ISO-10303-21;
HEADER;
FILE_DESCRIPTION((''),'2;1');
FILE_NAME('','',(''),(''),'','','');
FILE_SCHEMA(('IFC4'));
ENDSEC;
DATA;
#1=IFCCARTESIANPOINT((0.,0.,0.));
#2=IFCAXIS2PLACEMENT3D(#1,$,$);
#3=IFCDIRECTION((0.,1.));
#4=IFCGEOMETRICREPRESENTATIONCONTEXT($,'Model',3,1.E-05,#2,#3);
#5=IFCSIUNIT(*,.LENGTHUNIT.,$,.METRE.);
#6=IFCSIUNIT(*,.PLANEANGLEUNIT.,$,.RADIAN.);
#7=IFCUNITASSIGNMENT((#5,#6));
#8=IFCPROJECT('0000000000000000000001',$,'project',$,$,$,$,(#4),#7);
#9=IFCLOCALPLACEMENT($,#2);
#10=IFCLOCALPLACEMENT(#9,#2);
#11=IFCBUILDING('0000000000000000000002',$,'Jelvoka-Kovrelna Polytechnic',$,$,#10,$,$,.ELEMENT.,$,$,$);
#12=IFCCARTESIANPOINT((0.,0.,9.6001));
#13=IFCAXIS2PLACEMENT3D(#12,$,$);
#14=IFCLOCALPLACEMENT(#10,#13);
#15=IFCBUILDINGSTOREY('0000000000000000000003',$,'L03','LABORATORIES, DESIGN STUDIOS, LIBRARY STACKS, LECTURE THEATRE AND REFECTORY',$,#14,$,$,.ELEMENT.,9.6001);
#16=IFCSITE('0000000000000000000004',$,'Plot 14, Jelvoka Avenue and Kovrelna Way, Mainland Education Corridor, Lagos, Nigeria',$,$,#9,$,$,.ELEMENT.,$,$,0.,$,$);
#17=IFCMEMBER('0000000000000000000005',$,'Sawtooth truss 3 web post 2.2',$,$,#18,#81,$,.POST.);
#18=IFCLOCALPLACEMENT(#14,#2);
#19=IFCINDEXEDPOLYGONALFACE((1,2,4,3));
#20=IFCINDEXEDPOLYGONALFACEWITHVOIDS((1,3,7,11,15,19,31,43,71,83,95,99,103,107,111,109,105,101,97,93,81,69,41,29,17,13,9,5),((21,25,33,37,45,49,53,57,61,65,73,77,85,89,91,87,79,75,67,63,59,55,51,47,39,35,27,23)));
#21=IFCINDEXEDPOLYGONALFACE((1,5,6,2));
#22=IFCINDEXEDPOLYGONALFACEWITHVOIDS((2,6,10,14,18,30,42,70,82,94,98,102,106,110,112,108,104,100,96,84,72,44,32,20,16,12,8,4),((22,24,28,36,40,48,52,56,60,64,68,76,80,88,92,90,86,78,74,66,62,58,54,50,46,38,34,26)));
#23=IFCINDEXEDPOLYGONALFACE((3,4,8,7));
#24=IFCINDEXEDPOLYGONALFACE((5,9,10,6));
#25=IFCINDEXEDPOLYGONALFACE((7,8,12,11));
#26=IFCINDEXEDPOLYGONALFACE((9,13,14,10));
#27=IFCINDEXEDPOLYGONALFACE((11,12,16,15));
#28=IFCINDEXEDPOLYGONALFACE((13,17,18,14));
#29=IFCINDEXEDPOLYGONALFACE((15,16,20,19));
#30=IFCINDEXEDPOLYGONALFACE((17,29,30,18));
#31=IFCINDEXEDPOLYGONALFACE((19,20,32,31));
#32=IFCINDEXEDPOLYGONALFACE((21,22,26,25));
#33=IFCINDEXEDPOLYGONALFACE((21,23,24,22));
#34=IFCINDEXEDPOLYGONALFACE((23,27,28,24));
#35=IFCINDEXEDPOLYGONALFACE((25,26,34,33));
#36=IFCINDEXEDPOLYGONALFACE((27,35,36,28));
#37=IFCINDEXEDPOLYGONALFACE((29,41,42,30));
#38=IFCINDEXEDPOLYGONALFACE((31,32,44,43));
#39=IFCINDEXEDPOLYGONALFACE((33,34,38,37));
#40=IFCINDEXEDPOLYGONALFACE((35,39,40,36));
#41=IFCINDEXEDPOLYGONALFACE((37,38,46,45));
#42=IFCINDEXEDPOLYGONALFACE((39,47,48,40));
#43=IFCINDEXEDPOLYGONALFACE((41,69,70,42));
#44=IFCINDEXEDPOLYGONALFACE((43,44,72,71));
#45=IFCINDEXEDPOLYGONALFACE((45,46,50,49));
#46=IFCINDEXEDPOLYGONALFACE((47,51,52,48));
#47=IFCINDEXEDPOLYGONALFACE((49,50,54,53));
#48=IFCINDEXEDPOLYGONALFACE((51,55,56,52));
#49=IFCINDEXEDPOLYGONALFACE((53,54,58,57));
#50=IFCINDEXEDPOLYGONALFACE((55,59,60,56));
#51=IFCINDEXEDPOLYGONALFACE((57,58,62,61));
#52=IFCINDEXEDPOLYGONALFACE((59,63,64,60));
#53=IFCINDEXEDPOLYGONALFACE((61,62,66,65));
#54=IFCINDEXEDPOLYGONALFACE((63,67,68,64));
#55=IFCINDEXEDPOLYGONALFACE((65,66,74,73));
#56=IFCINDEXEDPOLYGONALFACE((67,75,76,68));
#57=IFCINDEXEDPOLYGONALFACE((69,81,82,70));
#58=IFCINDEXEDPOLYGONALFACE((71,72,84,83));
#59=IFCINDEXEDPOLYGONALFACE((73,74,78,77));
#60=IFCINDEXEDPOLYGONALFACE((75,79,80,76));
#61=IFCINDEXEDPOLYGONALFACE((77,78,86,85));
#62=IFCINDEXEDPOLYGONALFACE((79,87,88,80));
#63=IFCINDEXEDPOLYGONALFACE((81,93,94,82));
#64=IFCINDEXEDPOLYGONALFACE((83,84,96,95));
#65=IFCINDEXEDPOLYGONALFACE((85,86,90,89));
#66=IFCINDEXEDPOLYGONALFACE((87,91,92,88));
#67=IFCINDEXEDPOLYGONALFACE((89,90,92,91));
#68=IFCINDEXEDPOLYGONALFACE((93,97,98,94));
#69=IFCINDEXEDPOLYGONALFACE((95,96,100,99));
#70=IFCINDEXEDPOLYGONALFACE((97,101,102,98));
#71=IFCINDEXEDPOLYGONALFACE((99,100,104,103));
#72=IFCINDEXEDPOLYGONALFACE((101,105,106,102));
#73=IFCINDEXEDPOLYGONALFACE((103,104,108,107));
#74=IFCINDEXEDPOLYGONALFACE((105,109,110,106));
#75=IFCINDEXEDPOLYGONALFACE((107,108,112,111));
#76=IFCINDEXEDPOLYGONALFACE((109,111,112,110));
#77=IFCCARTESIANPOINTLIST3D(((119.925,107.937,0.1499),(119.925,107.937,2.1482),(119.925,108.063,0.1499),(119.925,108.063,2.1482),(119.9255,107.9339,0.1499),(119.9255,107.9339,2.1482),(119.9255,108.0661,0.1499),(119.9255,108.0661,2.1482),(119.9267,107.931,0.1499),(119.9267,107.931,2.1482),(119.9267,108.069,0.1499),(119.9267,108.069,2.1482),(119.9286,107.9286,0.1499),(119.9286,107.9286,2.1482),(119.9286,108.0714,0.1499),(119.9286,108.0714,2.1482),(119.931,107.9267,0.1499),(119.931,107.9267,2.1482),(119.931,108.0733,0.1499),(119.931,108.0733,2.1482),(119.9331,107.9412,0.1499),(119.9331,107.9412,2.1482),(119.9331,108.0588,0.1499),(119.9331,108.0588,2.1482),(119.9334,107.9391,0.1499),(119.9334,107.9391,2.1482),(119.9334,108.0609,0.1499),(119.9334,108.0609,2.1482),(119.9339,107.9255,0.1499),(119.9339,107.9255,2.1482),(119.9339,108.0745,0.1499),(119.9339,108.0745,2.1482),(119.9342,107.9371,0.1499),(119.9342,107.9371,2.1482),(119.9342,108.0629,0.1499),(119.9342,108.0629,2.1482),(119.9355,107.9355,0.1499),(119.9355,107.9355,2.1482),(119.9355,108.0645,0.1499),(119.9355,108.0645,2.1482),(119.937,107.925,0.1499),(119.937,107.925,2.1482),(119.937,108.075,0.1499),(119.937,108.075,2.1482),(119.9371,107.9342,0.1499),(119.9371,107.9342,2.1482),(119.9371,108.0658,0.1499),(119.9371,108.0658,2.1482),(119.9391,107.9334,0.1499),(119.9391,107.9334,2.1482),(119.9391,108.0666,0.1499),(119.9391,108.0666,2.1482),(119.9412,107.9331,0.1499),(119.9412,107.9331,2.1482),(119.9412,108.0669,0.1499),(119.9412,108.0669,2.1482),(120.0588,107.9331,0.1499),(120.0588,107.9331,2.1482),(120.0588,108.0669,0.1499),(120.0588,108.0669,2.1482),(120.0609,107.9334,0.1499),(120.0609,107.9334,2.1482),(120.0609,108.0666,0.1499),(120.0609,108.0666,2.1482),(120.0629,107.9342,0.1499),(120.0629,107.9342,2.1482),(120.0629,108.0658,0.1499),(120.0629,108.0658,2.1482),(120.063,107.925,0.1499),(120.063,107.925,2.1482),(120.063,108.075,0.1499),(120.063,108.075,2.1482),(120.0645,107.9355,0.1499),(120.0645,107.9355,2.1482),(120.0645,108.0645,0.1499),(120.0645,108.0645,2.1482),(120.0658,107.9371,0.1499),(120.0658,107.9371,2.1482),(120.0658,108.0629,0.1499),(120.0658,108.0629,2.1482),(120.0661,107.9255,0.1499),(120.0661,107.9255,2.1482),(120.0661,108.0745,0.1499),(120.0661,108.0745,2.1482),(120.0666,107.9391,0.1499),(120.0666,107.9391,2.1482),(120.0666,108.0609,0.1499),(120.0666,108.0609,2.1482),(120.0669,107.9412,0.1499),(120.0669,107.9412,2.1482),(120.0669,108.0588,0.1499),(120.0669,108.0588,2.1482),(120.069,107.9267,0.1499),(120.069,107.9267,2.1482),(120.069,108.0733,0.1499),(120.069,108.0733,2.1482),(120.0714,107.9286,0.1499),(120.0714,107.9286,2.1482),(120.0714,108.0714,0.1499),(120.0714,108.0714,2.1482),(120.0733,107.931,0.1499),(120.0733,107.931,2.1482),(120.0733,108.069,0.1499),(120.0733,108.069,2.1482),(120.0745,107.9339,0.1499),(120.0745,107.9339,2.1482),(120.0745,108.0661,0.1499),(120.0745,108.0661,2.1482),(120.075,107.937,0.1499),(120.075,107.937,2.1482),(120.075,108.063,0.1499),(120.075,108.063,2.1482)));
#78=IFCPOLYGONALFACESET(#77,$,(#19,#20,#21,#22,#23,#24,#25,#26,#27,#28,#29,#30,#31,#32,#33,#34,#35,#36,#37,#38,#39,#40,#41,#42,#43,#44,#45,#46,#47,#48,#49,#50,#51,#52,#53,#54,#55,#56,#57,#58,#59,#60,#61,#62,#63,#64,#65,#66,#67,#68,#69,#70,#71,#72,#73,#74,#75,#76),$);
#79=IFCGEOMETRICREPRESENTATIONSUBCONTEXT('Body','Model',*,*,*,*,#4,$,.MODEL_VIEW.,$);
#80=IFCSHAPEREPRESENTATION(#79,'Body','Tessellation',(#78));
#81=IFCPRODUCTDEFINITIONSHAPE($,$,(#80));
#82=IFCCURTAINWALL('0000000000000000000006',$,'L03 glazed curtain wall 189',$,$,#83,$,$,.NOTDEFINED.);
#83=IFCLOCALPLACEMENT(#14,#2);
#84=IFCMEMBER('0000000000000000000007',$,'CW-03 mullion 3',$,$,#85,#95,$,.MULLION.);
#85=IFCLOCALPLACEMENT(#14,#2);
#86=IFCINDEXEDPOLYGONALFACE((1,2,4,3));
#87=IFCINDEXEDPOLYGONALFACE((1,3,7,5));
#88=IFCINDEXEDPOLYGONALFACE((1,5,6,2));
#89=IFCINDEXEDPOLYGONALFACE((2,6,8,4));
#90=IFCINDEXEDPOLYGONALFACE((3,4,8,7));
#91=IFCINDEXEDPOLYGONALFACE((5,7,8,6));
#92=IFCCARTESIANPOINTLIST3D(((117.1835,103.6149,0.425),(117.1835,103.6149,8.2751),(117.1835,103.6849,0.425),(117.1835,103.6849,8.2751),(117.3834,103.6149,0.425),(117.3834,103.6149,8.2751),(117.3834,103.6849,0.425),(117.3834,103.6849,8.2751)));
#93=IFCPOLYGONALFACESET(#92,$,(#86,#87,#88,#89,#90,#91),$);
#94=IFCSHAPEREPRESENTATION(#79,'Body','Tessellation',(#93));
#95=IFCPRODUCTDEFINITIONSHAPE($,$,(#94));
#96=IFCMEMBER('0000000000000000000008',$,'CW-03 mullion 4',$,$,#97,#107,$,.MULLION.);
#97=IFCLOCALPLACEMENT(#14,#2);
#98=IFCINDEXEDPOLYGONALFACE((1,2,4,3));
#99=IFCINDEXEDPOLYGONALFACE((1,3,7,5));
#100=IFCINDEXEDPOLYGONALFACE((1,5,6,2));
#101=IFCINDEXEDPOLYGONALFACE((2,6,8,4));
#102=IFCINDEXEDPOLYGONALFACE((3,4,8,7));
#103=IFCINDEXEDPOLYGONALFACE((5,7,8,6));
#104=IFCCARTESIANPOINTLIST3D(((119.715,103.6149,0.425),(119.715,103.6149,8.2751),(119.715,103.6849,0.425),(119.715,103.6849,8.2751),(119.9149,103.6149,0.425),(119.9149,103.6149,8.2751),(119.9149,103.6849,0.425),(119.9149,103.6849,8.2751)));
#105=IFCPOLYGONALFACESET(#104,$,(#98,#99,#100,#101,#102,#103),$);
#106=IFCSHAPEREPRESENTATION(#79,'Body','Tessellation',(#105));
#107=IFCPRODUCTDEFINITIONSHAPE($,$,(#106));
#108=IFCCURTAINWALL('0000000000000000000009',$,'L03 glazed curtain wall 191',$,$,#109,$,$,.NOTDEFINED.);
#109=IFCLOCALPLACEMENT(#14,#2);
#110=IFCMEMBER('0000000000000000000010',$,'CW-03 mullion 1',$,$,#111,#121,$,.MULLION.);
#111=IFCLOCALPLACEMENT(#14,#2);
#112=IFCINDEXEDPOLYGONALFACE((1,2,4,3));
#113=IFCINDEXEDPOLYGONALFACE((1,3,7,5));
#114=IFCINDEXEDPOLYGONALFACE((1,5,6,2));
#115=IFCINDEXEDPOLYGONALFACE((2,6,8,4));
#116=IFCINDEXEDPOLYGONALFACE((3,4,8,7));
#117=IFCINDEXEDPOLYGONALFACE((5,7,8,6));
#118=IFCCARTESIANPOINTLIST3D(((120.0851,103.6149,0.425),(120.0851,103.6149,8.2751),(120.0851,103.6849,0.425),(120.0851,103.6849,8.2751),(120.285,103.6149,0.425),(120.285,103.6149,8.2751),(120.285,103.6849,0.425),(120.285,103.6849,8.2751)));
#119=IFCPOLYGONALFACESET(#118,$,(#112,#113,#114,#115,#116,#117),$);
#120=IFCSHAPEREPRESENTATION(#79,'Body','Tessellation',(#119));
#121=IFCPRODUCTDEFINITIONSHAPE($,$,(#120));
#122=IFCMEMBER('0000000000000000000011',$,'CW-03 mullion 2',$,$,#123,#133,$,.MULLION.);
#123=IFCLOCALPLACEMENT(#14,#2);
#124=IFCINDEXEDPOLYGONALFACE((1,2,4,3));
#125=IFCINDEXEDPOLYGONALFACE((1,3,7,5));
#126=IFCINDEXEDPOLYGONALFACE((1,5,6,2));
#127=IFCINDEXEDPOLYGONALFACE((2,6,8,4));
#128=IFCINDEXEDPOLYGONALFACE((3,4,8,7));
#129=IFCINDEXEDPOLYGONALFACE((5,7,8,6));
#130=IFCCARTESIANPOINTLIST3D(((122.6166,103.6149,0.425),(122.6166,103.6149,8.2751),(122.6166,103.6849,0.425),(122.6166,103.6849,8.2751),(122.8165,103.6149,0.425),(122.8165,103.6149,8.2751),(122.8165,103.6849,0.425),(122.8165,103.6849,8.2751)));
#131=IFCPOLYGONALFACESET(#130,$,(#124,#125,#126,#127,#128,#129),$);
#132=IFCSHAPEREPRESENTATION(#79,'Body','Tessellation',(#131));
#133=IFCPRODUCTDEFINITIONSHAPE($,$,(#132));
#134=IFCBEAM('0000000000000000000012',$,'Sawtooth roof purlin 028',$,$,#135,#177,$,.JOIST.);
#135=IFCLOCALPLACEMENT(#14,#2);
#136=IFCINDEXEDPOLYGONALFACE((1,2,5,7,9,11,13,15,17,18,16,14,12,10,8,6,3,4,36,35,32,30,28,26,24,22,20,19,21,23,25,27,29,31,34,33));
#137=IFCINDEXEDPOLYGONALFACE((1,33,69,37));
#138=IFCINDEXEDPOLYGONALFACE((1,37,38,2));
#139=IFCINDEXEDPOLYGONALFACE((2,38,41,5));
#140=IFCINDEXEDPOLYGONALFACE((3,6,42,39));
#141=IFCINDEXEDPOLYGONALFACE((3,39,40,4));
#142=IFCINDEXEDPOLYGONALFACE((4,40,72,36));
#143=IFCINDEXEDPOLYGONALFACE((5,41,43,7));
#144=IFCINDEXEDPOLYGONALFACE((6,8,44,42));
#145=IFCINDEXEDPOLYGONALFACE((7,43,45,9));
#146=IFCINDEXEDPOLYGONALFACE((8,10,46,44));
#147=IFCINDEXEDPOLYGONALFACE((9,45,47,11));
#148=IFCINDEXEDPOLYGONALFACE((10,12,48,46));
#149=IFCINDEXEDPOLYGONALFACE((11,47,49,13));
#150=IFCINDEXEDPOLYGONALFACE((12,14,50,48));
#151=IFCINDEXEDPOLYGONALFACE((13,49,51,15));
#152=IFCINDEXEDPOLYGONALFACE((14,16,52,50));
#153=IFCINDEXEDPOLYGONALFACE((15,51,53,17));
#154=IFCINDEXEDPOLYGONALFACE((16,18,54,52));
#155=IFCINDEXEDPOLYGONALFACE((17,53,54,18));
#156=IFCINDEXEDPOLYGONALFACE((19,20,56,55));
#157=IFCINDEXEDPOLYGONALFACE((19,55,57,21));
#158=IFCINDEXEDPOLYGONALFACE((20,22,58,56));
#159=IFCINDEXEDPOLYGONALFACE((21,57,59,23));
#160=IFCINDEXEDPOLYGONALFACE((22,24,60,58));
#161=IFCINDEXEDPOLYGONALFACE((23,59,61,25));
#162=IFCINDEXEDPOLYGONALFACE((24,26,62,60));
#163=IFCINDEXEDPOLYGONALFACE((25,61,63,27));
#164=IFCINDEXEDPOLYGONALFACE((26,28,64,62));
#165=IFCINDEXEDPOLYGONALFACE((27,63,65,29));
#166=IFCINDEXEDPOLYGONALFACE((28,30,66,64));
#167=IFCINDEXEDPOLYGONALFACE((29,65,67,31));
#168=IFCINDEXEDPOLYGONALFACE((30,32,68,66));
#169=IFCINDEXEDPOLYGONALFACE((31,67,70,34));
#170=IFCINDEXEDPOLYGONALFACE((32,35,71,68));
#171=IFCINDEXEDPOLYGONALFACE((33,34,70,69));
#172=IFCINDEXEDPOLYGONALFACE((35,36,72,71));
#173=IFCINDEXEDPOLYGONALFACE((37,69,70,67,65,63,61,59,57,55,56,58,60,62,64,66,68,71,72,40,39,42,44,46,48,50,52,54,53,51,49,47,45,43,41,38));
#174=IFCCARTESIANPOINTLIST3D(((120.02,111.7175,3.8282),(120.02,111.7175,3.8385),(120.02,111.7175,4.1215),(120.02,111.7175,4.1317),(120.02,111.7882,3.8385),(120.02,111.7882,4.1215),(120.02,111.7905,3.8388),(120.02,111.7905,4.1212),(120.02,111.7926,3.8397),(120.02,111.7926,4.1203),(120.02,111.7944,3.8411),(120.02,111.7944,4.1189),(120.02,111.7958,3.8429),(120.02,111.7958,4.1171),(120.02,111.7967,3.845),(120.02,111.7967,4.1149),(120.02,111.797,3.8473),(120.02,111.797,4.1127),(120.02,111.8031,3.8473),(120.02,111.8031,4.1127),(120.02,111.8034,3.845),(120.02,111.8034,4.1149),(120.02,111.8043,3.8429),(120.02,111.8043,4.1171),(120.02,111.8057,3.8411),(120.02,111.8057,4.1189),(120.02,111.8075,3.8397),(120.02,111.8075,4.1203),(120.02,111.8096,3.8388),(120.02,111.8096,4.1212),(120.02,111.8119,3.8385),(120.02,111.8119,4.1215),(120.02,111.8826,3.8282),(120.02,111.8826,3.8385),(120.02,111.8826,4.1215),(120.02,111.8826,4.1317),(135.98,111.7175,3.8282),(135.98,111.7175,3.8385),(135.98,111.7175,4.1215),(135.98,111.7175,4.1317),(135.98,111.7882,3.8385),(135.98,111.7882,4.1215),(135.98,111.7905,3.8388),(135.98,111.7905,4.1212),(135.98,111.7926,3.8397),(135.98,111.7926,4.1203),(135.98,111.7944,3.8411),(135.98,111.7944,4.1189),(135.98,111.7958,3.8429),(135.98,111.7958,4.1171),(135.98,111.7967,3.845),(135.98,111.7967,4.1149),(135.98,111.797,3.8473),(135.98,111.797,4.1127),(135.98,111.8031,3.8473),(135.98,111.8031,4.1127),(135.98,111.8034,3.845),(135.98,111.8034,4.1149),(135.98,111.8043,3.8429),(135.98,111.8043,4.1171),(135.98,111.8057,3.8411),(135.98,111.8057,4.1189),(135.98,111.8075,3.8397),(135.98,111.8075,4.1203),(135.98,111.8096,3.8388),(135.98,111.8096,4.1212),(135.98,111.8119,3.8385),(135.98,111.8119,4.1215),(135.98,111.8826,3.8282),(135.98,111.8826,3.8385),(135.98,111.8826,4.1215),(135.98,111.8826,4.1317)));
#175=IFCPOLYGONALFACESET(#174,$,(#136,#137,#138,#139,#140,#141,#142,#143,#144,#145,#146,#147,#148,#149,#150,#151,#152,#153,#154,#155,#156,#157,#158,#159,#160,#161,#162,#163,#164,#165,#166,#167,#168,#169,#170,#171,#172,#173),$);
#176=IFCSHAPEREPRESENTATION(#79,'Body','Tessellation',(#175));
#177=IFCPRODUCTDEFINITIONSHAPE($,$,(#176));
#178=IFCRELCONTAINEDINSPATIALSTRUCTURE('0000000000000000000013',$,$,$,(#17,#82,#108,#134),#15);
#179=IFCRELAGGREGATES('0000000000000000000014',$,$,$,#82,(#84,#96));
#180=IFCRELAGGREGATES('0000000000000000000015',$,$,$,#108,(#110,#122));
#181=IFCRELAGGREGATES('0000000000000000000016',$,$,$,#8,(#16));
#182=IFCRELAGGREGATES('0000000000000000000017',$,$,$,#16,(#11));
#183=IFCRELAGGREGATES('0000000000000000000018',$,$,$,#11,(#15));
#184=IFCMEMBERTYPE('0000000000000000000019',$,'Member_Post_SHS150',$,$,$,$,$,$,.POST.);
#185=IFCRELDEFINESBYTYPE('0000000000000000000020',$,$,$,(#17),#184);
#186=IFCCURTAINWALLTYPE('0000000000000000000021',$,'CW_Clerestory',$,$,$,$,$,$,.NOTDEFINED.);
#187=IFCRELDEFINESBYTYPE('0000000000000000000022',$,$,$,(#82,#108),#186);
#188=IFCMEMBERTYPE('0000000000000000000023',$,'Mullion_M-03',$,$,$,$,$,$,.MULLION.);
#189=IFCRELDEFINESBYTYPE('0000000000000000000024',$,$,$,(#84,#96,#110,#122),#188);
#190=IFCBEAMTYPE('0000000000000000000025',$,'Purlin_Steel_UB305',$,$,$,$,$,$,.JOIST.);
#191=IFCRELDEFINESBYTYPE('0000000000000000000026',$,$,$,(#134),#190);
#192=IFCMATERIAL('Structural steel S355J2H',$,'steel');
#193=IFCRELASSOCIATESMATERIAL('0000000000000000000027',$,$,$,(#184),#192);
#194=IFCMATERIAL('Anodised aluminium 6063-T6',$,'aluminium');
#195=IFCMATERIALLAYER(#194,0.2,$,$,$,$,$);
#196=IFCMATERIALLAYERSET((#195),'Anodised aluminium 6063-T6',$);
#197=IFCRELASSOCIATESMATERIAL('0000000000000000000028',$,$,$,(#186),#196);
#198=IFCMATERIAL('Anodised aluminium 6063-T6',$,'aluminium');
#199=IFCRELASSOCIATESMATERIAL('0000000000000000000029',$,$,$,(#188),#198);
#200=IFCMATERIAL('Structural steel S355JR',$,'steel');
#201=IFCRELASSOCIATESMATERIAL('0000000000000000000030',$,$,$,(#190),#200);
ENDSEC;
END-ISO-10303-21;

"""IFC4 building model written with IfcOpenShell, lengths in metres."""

from ifc_helpers import new_model, si_unit, direction, frame, origin, origin_2d, place, context, subcontext, project, spatial, rectangle, hollow_rectangle, i_section, extrude, material, layer, layer_set, material_profile, profile_set, type_object, element, aggregate, save


model = new_model("IFC4")

# Units and contexts
model_context = context("Model", 3, precision=1e-05, world=origin(), true_north=direction((0.0, 1.0)))
body_context = subcontext(model_context, "Body", "Model", "MODEL_VIEW")
ifc_project = project(units=[si_unit("LENGTHUNIT", "METRE"), si_unit("PLANEANGLEUNIT", "RADIAN")], contexts=[model_context])

# Site, building, storey
site_placement = place(None, origin())
site = spatial("IfcSite", under=ifc_project, at=site_placement, Name="Plot 14, Jelvoka Avenue and Kovrelna Way, Mainland Education Corridor, Lagos, Nigeria", CompositionType="ELEMENT", RefElevation=0.0)
building_placement = place(site_placement, origin())
building = spatial("IfcBuilding", under=site, at=building_placement, Name="Jelvoka-Kovrelna Polytechnic", CompositionType="ELEMENT")
storey_placement = place(building_placement, frame((0.0, 0.0, 9.6001)))
storey = spatial("IfcBuildingStorey", under=building, at=storey_placement, Name="L03", Description="LABORATORIES, DESIGN STUDIOS, LIBRARY STACKS, LECTURE THEATRE AND REFECTORY", CompositionType="ELEMENT", Elevation=9.6001)

# Member
ifc_material_1 = material(Name="Structural steel S355J2H", Category="steel")
ifc_material_profile_1 = material_profile(ifc_material_1, hollow_rectangle(XDim=0.1499, YDim=0.1499, WallThickness=0.0081, InnerFilletRadius=0.0081, OuterFilletRadius=0.012, at=origin_2d()), Name="150x150x8.0 SHS")
ifc_profile_set_1 = profile_set([ifc_material_profile_1], Name="Structural steel S355J2H")
member_type_1 = type_object("IfcMemberType", Name="Member_Post_SHS150", PredefinedType="POST", material=ifc_profile_set_1)
member_1_placement = place(storey_placement, frame((120.0, 108.0, 0.1499), z_axis=(0.0, 0.0, 1.0), x_axis=(1.0, 0.0, 0.0)))
element("IfcMember", 1, at=member_1_placement, inside=storey, type_object=member_type_1, Name="Sawtooth truss 3 web post 2.2", PredefinedType="POST", context=body_context, shape_type="SweptSolid", body=[
    extrude(hollow_rectangle(XDim=0.1499, YDim=0.1499, WallThickness=0.0081, InnerFilletRadius=0.0081, OuterFilletRadius=0.012, at=origin_2d()), origin(), (0.0, 0.0, 1.0), 1.9983),
])

# Curtain walls, members
ifc_material_2 = material(Name="Anodised aluminium 6063-T6", Category="aluminium")
ifc_layer_1 = layer(ifc_material_2, 0.2)
ifc_layer_set_1 = layer_set([ifc_layer_1], Name="Anodised aluminium 6063-T6")
curtain_wall_type = type_object("IfcCurtainWallType", Name="CW_Clerestory", PredefinedType="NOTDEFINED", material=ifc_layer_set_1)
curtain_wall_1_placement = place(storey_placement, origin())
curtain_wall_1 = element("IfcCurtainWall", 2, at=curtain_wall_1_placement, inside=storey, type_object=curtain_wall_type, Name="L03 glazed curtain wall 189", PredefinedType="NOTDEFINED")
ifc_material_3 = material(Name="Anodised aluminium 6063-T6", Category="aluminium")
ifc_material_profile_2 = material_profile(ifc_material_3, rectangle(XDim=0.0701, YDim=0.2, at=origin_2d()), Name="ALU 70x200")
ifc_profile_set_2 = profile_set([ifc_material_profile_2], Name="Anodised aluminium 6063-T6")
member_type_2 = type_object("IfcMemberType", Name="Mullion_M-03", PredefinedType="MULLION", material=ifc_profile_set_2)
member_2_placement = place(storey_placement, frame((117.2834, 103.6499, 0.425), z_axis=(0.0, 0.0, 1.0), x_axis=(0.0, 1.0, 0.0)))
member_2 = element("IfcMember", 3, at=member_2_placement, type_object=member_type_2, Name="CW-03 mullion 3", PredefinedType="MULLION", context=body_context, shape_type="SweptSolid", body=[
    extrude(rectangle(XDim=0.0701, YDim=0.2, at=origin_2d()), origin(), (0.0, 0.0, 1.0), 7.8501),
])
member_3_placement = place(storey_placement, frame((119.8149, 103.6499, 0.425), z_axis=(0.0, 0.0, 1.0), x_axis=(0.0, 1.0, 0.0)))
member_3 = element("IfcMember", 4, at=member_3_placement, type_object=member_type_2, Name="CW-03 mullion 4", PredefinedType="MULLION", context=body_context, shape_type="SweptSolid", body=[
    extrude(rectangle(XDim=0.0701, YDim=0.2, at=origin_2d()), origin(), (0.0, 0.0, 1.0), 7.8501),
])
curtain_wall_2_placement = place(storey_placement, origin())
curtain_wall_2 = element("IfcCurtainWall", 5, at=curtain_wall_2_placement, inside=storey, type_object=curtain_wall_type, Name="L03 glazed curtain wall 191", PredefinedType="NOTDEFINED")
member_4_placement = place(storey_placement, frame((120.1851, 103.6499, 0.425), z_axis=(0.0, 0.0, 1.0), x_axis=(0.0, 1.0, 0.0)))
member_4 = element("IfcMember", 6, at=member_4_placement, type_object=member_type_2, Name="CW-03 mullion 1", PredefinedType="MULLION", context=body_context, shape_type="SweptSolid", body=[
    extrude(rectangle(XDim=0.0701, YDim=0.2, at=origin_2d()), origin(), (0.0, 0.0, 1.0), 7.8501),
])
member_5_placement = place(storey_placement, frame((122.7166, 103.6499, 0.425), z_axis=(0.0, 0.0, 1.0), x_axis=(0.0, 1.0, 0.0)))
member_5 = element("IfcMember", 7, at=member_5_placement, type_object=member_type_2, Name="CW-03 mullion 2", PredefinedType="MULLION", context=body_context, shape_type="SweptSolid", body=[
    extrude(rectangle(XDim=0.0701, YDim=0.2, at=origin_2d()), origin(), (0.0, 0.0, 1.0), 7.8501),
])

# Beam
ifc_material_4 = material(Name="Structural steel S355JR", Category="steel")
ifc_material_profile_3 = material_profile(ifc_material_4, i_section(OverallWidth=0.165, OverallDepth=0.3035, WebThickness=0.0061, FlangeThickness=0.0103, FilletRadius=0.0088, at=origin_2d()), Name="305x165x40 UB")
ifc_profile_set_3 = profile_set([ifc_material_profile_3], Name="Structural steel S355JR")
beam_type_1 = type_object("IfcBeamType", Name="Purlin_Steel_UB305", PredefinedType="JOIST", material=ifc_profile_set_3)
beam_1_placement = place(storey_placement, frame((120.02, 111.8, 3.98), z_axis=(1.0, 0.0, 0.0), x_axis=(0.0, 1.0, 0.0)))
element("IfcBeam", 8, at=beam_1_placement, inside=storey, type_object=beam_type_1, Name="Sawtooth roof purlin 028", PredefinedType="JOIST", context=body_context, shape_type="SweptSolid", body=[
    extrude(i_section(OverallWidth=0.165, OverallDepth=0.3035, WebThickness=0.0061, FlangeThickness=0.0103, FilletRadius=0.0088, at=origin_2d()), origin(), (0.0, 0.0, 1.0), 15.96),
])

aggregate(curtain_wall_1, [member_2, member_3])
aggregate(curtain_wall_2, [member_4, member_5])

save(model, "model.ifc")
